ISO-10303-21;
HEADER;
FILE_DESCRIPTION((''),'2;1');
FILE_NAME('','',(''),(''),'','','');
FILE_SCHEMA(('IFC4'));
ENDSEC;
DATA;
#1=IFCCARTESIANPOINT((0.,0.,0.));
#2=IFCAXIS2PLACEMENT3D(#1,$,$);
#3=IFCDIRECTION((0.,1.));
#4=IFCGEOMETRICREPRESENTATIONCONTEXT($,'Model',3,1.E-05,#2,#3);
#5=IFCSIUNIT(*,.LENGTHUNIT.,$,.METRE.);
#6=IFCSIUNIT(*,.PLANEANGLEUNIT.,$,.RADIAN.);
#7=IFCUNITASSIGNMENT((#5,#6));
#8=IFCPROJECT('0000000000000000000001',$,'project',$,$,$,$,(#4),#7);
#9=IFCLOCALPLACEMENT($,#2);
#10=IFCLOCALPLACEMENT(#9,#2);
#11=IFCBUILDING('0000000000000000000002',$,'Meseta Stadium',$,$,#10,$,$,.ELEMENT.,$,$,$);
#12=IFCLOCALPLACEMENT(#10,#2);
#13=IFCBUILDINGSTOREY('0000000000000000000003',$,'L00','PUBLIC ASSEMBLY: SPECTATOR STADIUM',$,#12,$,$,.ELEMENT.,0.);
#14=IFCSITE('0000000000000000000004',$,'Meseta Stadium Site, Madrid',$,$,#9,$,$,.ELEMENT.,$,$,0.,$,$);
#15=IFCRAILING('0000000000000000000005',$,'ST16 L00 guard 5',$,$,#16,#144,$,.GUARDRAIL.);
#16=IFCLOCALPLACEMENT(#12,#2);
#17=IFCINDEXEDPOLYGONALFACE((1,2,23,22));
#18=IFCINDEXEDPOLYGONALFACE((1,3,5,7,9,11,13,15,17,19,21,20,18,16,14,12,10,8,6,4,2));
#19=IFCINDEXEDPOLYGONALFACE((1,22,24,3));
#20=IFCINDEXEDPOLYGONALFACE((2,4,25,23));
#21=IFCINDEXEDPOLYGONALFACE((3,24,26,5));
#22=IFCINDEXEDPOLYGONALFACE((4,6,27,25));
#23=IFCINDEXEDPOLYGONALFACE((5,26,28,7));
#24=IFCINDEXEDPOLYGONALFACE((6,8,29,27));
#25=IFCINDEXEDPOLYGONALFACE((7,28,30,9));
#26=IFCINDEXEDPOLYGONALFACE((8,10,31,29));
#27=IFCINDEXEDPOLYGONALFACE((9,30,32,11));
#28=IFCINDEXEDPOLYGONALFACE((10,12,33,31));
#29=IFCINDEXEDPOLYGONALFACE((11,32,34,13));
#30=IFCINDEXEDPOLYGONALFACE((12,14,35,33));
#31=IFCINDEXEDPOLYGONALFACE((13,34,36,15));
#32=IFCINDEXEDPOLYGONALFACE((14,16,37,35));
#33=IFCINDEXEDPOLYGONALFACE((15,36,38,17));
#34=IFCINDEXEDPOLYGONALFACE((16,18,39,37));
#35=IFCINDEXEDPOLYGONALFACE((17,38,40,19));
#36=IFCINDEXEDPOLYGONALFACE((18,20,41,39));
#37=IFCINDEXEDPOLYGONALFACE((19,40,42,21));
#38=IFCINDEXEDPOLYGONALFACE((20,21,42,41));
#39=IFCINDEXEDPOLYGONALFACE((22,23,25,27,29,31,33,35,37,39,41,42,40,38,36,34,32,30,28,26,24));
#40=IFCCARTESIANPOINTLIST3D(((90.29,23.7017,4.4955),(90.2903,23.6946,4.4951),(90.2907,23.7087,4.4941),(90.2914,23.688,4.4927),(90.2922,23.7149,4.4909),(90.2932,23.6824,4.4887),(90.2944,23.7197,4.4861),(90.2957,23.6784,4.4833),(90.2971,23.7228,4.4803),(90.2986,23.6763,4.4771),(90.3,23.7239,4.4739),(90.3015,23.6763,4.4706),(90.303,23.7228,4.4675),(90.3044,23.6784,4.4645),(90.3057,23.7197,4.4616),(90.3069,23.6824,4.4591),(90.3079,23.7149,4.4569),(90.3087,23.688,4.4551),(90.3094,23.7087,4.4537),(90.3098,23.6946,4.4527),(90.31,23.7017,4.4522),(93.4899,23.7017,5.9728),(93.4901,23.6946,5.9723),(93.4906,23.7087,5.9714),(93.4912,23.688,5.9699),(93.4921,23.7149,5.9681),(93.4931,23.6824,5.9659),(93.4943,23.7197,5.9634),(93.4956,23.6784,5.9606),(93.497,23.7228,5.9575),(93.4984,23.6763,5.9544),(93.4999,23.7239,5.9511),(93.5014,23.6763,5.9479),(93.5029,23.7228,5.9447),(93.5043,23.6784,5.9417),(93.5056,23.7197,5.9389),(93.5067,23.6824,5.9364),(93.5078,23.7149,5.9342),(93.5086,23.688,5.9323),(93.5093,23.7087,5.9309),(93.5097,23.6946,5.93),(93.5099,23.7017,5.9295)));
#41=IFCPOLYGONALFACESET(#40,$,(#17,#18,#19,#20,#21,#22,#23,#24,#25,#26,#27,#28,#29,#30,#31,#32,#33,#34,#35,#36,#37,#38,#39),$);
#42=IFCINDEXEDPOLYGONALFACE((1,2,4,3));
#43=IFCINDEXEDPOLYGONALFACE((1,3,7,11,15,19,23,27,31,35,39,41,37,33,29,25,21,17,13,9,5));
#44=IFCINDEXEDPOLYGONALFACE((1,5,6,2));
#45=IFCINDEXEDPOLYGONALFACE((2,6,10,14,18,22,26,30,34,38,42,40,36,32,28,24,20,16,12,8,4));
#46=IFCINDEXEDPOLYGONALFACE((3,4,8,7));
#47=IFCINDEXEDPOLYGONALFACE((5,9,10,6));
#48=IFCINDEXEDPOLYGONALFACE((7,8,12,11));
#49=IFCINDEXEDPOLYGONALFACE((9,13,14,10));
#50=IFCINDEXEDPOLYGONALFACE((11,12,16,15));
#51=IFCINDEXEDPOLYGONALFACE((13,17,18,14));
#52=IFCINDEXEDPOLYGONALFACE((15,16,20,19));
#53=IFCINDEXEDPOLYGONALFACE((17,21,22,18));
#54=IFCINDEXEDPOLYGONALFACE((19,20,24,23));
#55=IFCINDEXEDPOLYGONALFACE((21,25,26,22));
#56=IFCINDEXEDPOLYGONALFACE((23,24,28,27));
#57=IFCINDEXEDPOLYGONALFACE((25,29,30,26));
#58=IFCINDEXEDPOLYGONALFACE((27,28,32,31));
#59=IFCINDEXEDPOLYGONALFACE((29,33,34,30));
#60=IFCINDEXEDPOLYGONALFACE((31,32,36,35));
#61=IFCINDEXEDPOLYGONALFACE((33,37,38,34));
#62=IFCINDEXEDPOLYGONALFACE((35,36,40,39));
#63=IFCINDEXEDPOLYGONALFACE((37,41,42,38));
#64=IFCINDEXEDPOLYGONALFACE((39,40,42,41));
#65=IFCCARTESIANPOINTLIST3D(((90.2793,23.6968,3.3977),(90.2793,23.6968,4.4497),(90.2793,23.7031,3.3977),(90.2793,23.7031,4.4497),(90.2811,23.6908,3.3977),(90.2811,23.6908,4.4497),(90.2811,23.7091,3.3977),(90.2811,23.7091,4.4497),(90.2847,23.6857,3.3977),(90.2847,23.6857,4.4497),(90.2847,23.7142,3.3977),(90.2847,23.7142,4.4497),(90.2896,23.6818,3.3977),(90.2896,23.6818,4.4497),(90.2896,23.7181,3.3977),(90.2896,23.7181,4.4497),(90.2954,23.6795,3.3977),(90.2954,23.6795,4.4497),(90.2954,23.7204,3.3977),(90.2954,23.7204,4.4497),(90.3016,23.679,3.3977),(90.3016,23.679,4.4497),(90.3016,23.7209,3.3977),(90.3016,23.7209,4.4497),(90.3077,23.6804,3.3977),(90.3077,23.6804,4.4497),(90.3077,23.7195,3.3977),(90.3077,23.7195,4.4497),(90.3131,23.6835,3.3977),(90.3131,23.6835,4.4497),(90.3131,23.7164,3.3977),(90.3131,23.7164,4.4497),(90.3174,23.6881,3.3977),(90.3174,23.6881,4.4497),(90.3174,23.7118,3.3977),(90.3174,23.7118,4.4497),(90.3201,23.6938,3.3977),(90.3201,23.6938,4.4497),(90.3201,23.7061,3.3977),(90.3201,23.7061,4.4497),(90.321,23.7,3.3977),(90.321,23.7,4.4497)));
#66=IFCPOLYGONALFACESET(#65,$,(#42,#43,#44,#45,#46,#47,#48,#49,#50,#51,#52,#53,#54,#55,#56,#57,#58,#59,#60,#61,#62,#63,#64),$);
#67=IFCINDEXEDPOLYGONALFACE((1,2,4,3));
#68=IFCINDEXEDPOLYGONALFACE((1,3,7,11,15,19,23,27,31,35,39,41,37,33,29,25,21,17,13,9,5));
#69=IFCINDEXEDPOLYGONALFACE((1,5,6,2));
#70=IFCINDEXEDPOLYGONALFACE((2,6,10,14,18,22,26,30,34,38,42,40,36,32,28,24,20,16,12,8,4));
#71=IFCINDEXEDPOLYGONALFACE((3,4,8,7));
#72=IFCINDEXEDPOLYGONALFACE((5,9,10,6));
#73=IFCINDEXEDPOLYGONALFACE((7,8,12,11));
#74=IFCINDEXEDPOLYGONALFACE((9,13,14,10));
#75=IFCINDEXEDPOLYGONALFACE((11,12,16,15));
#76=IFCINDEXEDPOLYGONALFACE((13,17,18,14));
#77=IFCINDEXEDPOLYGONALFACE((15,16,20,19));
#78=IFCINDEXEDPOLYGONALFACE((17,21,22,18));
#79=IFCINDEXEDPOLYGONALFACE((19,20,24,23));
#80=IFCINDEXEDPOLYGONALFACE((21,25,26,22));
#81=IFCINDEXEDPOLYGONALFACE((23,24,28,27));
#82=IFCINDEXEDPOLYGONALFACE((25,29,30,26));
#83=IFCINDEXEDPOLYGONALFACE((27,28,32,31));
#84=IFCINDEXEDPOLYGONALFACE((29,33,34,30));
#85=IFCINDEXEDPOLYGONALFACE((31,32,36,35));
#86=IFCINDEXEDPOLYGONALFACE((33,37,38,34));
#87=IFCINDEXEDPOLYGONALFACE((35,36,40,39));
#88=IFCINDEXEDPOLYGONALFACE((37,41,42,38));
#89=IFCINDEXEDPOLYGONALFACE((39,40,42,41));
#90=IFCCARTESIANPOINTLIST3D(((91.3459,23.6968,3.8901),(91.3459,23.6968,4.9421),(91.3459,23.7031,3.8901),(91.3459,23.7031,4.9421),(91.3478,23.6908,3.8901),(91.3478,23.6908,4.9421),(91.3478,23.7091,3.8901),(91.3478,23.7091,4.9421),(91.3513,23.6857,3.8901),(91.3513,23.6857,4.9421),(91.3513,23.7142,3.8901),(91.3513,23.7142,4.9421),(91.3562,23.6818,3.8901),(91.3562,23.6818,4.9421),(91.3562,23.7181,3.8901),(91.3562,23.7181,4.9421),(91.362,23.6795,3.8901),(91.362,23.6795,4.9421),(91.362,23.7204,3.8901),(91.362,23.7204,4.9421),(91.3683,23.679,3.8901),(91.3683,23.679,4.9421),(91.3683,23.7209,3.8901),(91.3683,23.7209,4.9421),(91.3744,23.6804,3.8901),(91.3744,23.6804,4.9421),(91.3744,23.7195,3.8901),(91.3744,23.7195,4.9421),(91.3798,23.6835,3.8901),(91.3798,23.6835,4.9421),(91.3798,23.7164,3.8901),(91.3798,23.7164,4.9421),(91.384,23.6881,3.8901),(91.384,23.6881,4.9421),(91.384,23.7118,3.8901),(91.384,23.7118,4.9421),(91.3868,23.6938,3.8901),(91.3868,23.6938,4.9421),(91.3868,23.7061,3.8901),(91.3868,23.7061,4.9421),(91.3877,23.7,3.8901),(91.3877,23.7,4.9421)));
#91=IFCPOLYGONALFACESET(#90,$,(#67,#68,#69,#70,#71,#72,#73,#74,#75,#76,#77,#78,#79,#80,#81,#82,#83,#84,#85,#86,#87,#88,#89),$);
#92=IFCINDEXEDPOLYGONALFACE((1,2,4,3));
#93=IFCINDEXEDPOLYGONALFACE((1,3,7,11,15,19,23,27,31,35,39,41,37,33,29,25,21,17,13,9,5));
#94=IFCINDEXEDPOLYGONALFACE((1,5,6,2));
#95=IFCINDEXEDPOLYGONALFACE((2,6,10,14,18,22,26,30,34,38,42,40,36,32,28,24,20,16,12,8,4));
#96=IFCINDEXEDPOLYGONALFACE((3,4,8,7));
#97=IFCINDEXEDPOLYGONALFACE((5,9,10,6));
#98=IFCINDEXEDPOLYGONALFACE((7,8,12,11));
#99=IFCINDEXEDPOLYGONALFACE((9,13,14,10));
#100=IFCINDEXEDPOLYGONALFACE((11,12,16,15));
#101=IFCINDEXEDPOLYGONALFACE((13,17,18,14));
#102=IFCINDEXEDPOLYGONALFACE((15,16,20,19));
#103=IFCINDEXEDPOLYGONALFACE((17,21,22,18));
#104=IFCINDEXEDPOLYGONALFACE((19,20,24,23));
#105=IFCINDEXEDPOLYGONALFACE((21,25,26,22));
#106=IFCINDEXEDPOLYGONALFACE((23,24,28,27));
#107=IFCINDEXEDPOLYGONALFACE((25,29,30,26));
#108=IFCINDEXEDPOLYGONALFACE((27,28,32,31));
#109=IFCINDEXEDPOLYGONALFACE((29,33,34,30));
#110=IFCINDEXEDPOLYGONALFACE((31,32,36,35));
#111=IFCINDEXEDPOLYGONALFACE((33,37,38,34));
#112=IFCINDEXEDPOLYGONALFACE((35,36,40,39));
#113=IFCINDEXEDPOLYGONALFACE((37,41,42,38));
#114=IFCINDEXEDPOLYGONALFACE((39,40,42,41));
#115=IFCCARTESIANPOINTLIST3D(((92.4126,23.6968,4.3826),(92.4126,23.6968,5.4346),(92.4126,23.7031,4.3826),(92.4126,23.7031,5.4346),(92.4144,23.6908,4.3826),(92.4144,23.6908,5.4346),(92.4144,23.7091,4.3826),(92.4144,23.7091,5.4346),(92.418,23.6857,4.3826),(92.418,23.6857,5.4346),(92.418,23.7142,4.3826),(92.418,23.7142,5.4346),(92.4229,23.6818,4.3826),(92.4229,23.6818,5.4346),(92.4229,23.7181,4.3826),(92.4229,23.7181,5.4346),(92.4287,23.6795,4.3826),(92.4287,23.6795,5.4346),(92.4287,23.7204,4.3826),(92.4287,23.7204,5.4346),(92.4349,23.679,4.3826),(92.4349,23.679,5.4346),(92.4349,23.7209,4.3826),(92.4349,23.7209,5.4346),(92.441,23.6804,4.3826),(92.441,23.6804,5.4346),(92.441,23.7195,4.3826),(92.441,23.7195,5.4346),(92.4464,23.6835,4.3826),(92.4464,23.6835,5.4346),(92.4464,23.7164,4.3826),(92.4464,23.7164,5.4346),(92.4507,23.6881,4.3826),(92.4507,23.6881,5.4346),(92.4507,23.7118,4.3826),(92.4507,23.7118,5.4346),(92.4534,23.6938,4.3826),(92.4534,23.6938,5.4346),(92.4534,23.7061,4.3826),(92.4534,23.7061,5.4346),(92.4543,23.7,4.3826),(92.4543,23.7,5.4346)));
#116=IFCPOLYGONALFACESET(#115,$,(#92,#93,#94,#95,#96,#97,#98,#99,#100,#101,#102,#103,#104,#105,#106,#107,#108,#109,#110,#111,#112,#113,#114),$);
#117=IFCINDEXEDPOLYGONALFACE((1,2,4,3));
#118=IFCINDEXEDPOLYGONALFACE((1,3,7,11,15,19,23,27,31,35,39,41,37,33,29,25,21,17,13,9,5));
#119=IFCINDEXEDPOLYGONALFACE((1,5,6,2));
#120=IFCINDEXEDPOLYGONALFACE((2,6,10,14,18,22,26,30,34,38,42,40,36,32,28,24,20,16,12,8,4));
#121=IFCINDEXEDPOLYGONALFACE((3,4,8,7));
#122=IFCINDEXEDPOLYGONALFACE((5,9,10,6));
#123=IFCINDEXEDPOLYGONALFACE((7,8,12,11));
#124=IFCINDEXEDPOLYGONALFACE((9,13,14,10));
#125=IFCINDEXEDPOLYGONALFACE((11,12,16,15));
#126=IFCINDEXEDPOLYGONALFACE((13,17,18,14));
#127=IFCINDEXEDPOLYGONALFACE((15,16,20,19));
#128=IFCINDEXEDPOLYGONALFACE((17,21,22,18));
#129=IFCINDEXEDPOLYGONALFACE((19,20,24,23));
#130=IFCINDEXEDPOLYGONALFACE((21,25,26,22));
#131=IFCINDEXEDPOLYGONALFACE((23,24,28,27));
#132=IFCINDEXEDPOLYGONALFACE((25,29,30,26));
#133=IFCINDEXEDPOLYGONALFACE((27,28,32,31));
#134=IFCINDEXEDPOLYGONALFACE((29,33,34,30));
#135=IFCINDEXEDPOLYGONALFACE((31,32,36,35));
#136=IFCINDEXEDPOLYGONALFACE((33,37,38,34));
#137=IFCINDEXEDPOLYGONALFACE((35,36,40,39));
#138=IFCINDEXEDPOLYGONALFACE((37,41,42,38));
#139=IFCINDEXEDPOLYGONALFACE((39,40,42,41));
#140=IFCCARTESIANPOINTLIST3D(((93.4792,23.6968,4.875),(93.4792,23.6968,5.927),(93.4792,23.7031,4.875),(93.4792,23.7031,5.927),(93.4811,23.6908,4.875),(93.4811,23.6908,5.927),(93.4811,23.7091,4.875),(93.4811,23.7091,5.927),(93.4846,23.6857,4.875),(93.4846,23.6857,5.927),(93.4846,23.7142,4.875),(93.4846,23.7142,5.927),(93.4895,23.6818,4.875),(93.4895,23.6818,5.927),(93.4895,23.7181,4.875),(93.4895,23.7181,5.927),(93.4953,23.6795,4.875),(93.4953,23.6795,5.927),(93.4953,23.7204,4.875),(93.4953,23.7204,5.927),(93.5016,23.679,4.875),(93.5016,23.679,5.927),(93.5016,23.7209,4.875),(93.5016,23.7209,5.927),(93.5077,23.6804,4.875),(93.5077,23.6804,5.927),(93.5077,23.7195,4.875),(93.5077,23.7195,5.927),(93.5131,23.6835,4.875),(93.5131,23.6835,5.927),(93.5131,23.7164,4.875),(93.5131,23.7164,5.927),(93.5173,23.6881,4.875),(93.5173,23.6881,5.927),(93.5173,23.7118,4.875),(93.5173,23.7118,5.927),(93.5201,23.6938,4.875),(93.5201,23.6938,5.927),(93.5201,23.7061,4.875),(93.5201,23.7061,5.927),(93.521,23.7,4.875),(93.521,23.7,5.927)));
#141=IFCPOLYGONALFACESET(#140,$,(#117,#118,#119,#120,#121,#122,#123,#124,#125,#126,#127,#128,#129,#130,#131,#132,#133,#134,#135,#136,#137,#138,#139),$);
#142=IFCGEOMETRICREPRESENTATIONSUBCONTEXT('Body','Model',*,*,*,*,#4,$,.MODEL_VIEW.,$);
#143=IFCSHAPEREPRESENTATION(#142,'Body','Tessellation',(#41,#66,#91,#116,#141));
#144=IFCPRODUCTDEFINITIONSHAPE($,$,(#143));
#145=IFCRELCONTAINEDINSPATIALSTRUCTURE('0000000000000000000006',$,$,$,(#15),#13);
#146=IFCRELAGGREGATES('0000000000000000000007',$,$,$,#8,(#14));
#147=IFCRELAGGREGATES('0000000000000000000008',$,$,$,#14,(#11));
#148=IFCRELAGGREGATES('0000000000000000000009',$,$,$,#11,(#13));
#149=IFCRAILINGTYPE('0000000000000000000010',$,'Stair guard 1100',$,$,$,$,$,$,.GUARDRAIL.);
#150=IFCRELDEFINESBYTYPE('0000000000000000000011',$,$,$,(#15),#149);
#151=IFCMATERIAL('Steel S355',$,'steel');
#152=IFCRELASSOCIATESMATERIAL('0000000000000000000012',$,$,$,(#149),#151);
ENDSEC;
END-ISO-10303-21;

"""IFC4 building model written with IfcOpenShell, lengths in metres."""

from ifc_helpers import new_model, si_unit, direction, frame, origin, origin_2d, place, context, subcontext, project, spatial, circle, extrude, material, type_object, element, save


model = new_model("IFC4")

# Units and contexts
model_context = context("Model", 3, precision=1e-05, world=origin(), true_north=direction((0.0, 1.0)))
body_context = subcontext(model_context, "Body", "Model", "MODEL_VIEW")
ifc_project = project(units=[si_unit("LENGTHUNIT", "METRE"), si_unit("PLANEANGLEUNIT", "RADIAN")], contexts=[model_context])

# Site, building, storey
site_placement = place(None, origin())
site = spatial("IfcSite", under=ifc_project, at=site_placement, Name="Meseta Stadium Site, Madrid", CompositionType="ELEMENT", RefElevation=0.0)
building_placement = place(site_placement, origin())
building = spatial("IfcBuilding", under=site, at=building_placement, Name="Meseta Stadium", CompositionType="ELEMENT")
storey_placement = place(building_placement, origin())
storey = spatial("IfcBuildingStorey", under=building, at=storey_placement, Name="L00", Description="PUBLIC ASSEMBLY: SPECTATOR STADIUM", CompositionType="ELEMENT", Elevation=0.0)

# Railing
ifc_material_1 = material(Name="Steel S355", Category="steel")
railing_type_1 = type_object("IfcRailingType", Name="Stair guard 1100", PredefinedType="GUARDRAIL", material=ifc_material_1)
railing_1_placement = place(storey_placement, frame((90.3, 23.7, 3.3977)))
element("IfcRailing", 1, at=railing_1_placement, inside=storey, type_object=railing_type_1, Name="ST16 L00 guard 5", PredefinedType="GUARDRAIL", context=body_context, shape_type="SweptSolid", body=[
    extrude(circle(Radius=0.0239, at=origin_2d()), frame((0.0, 0.0, 1.0762), z_axis=(0.907917, 0.0, 0.41915), x_axis=(0.0, 1.0, 0.0)), (0.0, 0.0, 1.0), 3.5244),
    extrude(circle(Radius=0.021, at=origin_2d()), origin(), (0.0, 0.0, 1.0), 1.052),
    extrude(circle(Radius=0.021, at=origin_2d()), frame((1.0667, 0.0, 0.4924)), (0.0, 0.0, 1.0), 1.052),
    extrude(circle(Radius=0.021, at=origin_2d()), frame((2.1333, 0.0, 0.9849)), (0.0, 0.0, 1.0), 1.052),
    extrude(circle(Radius=0.021, at=origin_2d()), frame((3.2, 0.0, 1.4773)), (0.0, 0.0, 1.0), 1.052),
])

save(model, "model.ifc")
